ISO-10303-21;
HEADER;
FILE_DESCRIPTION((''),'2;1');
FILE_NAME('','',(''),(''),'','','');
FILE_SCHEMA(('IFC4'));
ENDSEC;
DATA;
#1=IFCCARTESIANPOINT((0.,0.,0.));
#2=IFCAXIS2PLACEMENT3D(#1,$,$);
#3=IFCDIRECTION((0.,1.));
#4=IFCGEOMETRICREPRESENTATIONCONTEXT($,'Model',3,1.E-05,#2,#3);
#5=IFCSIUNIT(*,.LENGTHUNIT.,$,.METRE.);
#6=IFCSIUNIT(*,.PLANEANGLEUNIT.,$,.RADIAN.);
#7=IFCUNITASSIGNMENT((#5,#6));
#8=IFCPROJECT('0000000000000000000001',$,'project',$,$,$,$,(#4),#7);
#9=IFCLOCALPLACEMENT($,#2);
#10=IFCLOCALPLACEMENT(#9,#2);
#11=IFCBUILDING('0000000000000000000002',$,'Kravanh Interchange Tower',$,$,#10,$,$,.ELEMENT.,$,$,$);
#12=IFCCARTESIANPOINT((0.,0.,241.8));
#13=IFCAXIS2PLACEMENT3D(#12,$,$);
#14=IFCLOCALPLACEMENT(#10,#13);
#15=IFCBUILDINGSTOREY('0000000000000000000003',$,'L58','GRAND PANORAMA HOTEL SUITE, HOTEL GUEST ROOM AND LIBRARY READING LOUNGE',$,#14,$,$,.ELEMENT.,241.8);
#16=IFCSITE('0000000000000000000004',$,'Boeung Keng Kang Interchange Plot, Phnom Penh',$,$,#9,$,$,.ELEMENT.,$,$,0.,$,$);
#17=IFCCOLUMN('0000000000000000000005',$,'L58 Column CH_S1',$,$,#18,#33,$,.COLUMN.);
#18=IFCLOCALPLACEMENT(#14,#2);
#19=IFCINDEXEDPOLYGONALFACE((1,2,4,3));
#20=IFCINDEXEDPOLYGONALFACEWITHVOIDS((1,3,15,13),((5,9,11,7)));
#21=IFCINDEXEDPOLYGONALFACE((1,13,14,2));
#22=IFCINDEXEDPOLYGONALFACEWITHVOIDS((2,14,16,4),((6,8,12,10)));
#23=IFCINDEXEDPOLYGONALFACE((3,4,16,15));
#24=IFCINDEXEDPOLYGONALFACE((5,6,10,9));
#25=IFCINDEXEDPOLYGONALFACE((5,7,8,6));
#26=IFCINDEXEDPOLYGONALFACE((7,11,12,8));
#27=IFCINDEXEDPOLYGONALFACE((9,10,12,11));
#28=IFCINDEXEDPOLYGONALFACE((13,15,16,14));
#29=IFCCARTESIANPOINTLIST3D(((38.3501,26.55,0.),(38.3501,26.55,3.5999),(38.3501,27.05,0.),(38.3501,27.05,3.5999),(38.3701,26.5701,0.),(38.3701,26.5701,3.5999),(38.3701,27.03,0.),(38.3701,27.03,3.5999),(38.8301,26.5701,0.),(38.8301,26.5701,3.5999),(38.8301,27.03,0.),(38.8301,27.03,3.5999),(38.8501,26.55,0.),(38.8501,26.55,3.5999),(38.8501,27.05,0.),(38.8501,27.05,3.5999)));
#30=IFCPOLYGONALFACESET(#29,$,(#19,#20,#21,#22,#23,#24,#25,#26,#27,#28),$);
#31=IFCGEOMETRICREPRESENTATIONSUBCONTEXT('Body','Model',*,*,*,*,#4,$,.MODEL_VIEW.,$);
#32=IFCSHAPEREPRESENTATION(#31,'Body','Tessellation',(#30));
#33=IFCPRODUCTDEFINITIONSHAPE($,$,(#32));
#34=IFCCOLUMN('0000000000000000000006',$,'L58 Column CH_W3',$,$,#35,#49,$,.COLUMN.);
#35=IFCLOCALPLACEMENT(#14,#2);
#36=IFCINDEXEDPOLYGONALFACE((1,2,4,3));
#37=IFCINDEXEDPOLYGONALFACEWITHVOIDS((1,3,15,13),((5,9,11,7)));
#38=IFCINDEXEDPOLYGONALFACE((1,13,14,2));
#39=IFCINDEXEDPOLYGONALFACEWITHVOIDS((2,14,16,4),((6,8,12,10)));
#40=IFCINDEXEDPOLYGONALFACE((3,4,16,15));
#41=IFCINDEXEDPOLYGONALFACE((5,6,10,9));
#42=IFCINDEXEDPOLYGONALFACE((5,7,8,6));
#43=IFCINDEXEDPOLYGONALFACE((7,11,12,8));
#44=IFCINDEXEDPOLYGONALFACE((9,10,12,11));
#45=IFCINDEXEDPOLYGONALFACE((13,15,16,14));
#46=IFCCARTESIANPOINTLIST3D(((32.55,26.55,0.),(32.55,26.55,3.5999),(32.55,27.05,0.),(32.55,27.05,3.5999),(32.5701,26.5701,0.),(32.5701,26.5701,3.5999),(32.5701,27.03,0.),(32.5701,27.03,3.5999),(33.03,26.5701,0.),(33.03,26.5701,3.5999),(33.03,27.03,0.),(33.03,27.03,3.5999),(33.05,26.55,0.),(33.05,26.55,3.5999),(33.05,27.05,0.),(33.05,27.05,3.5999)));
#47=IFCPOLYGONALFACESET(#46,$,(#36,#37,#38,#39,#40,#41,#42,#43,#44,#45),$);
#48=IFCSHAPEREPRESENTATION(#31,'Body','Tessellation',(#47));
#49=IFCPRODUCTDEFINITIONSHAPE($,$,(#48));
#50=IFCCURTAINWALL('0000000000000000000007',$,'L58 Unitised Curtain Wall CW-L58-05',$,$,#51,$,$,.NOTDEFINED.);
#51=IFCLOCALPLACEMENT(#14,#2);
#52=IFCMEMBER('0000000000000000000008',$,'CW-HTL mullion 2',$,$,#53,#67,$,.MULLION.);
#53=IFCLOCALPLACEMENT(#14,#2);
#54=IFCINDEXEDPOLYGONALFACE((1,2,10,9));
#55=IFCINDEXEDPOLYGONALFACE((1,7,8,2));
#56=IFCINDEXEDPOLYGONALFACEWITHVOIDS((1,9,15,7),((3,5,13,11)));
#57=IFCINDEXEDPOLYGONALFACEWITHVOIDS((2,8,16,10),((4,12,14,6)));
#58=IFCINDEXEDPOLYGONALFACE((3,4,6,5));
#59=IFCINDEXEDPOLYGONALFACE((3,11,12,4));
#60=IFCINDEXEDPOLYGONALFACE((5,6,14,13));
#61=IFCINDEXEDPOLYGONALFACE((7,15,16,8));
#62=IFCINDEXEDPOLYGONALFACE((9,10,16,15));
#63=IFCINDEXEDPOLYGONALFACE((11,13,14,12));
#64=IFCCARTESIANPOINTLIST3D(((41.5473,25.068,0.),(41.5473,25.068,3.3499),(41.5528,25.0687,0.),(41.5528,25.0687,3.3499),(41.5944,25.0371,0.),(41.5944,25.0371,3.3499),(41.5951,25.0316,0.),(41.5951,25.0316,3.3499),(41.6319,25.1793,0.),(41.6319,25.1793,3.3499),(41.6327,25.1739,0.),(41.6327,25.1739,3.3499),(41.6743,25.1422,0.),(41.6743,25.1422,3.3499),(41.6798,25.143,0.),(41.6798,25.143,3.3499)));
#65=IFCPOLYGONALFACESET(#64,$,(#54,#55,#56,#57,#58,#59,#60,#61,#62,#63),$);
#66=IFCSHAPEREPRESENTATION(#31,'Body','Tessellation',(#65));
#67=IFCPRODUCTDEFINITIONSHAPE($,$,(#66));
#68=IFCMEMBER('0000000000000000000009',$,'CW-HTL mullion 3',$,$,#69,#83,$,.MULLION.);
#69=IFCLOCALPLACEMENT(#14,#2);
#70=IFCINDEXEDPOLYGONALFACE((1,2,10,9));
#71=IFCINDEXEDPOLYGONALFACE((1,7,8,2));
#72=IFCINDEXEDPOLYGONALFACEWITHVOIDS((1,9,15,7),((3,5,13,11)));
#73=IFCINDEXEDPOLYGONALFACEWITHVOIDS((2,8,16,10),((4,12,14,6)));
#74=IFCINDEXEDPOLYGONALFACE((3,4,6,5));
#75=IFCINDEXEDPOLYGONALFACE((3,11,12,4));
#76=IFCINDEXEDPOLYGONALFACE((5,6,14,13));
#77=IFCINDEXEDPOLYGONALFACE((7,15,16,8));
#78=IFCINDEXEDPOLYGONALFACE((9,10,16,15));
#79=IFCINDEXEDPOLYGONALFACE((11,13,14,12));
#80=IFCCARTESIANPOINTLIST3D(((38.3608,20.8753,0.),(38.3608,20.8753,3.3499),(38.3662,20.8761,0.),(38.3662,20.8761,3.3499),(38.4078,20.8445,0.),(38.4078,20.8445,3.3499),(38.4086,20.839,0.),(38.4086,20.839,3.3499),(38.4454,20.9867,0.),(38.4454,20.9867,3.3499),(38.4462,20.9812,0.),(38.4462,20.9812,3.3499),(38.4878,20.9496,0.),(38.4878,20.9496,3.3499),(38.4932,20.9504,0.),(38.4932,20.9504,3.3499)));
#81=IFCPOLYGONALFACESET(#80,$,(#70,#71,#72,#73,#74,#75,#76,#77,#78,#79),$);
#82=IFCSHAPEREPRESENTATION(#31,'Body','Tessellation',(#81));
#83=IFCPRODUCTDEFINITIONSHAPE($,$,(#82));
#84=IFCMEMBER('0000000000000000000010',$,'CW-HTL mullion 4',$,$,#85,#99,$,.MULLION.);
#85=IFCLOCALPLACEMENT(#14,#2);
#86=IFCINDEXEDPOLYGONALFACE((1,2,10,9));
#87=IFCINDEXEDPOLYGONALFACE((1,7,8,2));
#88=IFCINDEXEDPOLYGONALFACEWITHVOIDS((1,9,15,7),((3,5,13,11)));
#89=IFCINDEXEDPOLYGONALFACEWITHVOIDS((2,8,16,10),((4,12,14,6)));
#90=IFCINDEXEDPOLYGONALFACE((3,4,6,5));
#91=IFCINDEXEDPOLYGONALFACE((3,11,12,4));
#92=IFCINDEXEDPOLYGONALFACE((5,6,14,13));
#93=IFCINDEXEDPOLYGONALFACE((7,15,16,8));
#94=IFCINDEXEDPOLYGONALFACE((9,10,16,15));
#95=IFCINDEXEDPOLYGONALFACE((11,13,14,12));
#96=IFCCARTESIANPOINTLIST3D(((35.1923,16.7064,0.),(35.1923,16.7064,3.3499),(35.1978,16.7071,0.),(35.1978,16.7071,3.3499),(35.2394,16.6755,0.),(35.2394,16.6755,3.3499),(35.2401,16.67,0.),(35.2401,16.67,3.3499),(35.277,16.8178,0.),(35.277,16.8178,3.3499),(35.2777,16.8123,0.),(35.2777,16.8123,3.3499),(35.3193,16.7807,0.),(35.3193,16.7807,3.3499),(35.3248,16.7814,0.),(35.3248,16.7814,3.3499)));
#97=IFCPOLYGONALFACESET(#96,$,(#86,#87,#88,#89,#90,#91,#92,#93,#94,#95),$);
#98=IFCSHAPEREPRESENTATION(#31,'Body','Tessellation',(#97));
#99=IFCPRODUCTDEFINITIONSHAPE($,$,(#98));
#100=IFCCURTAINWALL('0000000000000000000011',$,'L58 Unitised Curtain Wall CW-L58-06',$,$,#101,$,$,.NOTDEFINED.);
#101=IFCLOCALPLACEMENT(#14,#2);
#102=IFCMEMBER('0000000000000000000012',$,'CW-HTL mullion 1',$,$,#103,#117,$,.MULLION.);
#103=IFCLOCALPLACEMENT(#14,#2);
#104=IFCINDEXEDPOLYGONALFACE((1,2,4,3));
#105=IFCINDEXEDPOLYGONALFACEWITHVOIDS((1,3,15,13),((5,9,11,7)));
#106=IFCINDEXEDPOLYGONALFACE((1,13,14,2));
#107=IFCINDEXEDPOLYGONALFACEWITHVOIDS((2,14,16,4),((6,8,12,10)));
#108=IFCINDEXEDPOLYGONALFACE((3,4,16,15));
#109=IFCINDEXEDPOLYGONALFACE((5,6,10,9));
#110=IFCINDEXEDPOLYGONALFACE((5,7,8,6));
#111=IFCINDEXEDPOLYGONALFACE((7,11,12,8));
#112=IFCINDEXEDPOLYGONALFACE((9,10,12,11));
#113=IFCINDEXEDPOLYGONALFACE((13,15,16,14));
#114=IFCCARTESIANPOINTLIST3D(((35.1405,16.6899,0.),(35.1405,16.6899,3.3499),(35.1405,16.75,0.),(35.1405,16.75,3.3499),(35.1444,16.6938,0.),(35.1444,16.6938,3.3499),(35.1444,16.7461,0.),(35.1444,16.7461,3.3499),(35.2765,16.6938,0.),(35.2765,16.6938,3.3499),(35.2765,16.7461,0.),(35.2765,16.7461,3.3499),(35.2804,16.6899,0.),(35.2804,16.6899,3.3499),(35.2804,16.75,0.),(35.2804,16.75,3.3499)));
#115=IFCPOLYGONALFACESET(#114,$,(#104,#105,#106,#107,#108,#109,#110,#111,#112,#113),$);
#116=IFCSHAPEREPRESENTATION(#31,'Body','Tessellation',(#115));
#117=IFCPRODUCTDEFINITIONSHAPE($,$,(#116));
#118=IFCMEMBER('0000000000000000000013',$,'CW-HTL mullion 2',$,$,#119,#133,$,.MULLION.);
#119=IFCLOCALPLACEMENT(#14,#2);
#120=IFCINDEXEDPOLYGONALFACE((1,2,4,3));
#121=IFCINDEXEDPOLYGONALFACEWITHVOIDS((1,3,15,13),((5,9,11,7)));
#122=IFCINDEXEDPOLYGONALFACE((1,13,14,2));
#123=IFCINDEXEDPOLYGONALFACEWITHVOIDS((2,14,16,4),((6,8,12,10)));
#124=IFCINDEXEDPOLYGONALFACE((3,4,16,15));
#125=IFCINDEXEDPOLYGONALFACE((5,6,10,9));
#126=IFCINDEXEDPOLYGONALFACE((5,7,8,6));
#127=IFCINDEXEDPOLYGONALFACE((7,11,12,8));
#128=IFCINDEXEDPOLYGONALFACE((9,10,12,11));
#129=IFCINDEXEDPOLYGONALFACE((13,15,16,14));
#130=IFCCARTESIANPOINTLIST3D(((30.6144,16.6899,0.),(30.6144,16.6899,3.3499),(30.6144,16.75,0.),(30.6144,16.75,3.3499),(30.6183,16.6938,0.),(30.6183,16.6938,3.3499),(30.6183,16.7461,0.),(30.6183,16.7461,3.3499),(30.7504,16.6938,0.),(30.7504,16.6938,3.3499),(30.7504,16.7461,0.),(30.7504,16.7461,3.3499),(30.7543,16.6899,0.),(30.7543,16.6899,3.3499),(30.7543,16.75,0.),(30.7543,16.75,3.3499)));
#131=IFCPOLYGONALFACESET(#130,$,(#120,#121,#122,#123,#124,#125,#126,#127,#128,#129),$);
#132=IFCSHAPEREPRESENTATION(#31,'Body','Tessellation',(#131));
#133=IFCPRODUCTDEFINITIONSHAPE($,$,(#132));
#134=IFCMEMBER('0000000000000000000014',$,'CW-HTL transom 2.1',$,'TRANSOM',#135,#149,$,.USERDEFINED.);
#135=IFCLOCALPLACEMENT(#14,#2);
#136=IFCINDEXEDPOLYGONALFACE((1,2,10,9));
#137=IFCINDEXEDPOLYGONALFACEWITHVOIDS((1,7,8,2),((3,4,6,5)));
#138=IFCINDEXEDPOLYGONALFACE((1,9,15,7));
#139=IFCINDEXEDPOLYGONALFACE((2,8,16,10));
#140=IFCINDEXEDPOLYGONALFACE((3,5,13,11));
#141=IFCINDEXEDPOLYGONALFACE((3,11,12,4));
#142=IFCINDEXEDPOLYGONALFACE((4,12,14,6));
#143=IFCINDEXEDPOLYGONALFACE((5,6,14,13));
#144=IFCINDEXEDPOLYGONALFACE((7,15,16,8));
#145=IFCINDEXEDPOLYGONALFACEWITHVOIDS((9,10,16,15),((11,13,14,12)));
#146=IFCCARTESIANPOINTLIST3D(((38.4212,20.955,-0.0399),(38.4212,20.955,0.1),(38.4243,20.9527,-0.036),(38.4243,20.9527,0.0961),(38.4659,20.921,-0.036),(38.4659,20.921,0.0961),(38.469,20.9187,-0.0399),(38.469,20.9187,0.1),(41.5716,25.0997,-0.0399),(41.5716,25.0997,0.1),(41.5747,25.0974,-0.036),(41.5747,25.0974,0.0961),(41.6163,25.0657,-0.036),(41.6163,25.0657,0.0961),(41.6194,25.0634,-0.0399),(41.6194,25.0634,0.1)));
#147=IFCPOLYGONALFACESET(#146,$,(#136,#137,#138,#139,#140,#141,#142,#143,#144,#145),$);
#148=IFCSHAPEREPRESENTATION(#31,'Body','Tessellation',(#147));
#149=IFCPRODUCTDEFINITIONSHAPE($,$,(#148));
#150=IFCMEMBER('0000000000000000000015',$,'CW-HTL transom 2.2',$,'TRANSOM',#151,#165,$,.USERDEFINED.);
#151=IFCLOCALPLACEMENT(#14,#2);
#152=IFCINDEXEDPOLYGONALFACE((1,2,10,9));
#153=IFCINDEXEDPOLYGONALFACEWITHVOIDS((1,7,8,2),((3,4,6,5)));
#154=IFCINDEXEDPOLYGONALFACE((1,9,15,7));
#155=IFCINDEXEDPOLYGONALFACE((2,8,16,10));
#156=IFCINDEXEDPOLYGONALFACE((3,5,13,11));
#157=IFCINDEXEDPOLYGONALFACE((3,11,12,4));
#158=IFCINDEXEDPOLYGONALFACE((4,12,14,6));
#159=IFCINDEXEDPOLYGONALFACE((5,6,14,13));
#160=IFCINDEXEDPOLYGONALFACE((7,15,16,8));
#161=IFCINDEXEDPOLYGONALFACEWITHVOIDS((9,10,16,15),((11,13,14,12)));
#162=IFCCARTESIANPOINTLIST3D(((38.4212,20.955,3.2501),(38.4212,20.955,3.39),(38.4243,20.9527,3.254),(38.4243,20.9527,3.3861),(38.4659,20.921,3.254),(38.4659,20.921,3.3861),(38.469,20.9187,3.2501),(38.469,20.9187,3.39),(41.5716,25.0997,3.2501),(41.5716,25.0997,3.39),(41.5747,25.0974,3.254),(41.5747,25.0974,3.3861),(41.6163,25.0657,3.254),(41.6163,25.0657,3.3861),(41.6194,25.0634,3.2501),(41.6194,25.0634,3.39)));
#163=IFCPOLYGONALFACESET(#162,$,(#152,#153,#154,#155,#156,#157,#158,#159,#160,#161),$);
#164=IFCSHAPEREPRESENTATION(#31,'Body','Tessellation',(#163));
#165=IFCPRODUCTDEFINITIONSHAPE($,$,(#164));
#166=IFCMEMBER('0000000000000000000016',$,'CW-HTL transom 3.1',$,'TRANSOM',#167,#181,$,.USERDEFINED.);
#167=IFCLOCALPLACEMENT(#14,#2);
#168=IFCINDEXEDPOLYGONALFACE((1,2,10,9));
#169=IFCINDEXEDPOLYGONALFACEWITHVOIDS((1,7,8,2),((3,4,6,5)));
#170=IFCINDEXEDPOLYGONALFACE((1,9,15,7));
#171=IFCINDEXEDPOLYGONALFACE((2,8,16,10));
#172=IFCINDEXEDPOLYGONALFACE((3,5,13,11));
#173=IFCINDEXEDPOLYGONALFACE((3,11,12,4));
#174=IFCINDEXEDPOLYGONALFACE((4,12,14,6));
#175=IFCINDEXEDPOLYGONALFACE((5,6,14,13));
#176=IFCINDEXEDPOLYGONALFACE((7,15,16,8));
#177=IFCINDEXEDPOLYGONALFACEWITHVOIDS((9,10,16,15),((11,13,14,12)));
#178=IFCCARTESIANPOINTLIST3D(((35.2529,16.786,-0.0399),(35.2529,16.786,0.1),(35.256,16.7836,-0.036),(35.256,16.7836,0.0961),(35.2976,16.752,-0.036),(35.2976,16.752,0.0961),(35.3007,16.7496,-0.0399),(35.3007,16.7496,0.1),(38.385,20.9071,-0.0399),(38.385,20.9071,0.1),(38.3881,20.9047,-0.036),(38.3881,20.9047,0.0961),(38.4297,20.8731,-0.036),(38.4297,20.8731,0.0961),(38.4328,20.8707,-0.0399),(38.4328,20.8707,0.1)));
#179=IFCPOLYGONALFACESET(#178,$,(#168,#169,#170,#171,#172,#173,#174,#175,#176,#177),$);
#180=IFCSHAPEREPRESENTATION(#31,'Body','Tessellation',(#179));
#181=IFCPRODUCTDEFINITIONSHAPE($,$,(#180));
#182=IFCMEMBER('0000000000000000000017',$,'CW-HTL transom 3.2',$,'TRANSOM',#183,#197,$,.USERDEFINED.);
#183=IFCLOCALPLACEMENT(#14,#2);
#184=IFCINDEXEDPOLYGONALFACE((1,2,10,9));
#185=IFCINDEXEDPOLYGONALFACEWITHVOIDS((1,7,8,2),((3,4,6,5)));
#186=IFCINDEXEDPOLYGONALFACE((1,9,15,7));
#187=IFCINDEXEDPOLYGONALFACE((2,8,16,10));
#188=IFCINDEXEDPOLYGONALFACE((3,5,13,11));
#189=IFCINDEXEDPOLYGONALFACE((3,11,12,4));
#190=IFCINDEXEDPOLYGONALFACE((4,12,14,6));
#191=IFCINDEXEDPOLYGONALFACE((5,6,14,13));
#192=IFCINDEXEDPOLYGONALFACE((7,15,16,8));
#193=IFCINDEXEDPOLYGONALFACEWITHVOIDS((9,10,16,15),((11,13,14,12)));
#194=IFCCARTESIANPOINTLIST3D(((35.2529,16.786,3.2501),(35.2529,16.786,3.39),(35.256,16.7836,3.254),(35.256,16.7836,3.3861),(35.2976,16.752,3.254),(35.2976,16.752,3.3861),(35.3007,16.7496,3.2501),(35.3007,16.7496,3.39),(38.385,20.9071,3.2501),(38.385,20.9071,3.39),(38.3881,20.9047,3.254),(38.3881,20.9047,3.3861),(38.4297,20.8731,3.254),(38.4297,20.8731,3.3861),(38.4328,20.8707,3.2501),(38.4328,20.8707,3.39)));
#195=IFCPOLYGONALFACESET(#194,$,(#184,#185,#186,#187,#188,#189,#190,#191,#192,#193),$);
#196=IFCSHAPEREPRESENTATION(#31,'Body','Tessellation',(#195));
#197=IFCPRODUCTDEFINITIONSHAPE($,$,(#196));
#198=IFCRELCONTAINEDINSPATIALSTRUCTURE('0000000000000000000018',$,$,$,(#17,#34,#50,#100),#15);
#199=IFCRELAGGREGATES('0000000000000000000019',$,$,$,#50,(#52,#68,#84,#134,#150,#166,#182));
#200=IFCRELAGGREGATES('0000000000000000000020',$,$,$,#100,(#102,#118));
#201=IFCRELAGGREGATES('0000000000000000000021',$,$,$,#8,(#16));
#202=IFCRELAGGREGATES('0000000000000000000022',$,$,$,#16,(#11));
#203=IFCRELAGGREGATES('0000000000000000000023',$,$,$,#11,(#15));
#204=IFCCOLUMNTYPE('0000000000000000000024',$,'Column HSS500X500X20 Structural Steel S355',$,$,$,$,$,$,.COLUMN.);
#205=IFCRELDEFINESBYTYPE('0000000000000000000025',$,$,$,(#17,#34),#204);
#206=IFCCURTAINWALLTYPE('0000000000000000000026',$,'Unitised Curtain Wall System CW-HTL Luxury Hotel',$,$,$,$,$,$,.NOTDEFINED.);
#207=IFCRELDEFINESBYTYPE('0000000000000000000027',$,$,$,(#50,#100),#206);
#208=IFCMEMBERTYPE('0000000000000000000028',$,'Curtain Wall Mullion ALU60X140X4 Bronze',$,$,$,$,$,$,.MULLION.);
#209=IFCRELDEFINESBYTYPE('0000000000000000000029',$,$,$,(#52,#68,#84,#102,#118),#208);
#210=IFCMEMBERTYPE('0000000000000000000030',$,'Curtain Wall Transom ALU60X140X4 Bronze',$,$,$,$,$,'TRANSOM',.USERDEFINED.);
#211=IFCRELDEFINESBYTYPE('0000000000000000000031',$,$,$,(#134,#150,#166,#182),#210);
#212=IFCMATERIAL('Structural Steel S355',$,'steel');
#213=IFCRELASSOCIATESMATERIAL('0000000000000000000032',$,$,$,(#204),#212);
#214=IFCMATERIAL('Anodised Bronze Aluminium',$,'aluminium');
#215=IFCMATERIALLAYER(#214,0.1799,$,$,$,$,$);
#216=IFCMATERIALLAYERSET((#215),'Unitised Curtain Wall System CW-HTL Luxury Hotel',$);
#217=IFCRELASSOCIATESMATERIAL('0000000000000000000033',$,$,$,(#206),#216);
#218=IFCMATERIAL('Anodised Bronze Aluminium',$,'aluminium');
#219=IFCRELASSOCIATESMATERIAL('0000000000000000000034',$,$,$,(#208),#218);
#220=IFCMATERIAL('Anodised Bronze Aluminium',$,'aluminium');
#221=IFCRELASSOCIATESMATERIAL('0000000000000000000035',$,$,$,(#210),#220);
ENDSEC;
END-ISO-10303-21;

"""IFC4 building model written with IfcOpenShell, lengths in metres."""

from ifc_helpers import new_model, si_unit, direction, frame, origin, origin_2d, place, context, subcontext, project, spatial, hollow_rectangle, extrude, material, layer, layer_set, material_profile, profile_set, type_object, element, aggregate, save


model = new_model("IFC4")

# Units and contexts
model_context = context("Model", 3, precision=1e-05, world=origin(), true_north=direction((0.0, 1.0)))
body_context = subcontext(model_context, "Body", "Model", "MODEL_VIEW")
ifc_project = project(units=[si_unit("LENGTHUNIT", "METRE"), si_unit("PLANEANGLEUNIT", "RADIAN")], contexts=[model_context])

# Site, building, storey
site_placement = place(None, origin())
site = spatial("IfcSite", under=ifc_project, at=site_placement, Name="Boeung Keng Kang Interchange Plot, Phnom Penh", CompositionType="ELEMENT", RefElevation=0.0)
building_placement = place(site_placement, origin())
building = spatial("IfcBuilding", under=site, at=building_placement, Name="Kravanh Interchange Tower", CompositionType="ELEMENT")
storey_placement = place(building_placement, frame((0.0, 0.0, 241.8)))
storey = spatial("IfcBuildingStorey", under=building, at=storey_placement, Name="L58", Description="GRAND PANORAMA HOTEL SUITE, HOTEL GUEST ROOM AND LIBRARY READING LOUNGE", CompositionType="ELEMENT", Elevation=241.8)

# Columns
ifc_material_1 = material(Name="Structural Steel S355", Category="steel")
ifc_material_profile_1 = material_profile(ifc_material_1, hollow_rectangle(XDim=0.5, YDim=0.5, WallThickness=0.02, at=origin_2d()), Name="HSS500X500X20")
ifc_profile_set_1 = profile_set([ifc_material_profile_1], Name="Structural Steel S355")
column_type = type_object("IfcColumnType", Name="Column HSS500X500X20 Structural Steel S355", PredefinedType="COLUMN", material=ifc_profile_set_1)
for number, where, z_axis, x_axis, name in (
    (1, (38.6001, 26.8, 0.0), (0.0, 0.0, 1.0), (1.0, 0.0, 0.0), "L58 Column CH_S1"),
    (2, (32.8, 26.8, 0.0), (0.0, 0.0, 1.0), (1.0, 0.0, 0.0), "L58 Column CH_W3"),
):
    element("IfcColumn", number, at=place(storey_placement, frame(where, z_axis=z_axis, x_axis=x_axis)), inside=storey, type_object=column_type, Name=name, PredefinedType="COLUMN", context=body_context, shape_type="SweptSolid", body=[
        extrude(hollow_rectangle(XDim=0.5, YDim=0.5, WallThickness=0.02, at=origin_2d()), origin(), (0.0, 0.0, 1.0), 3.5999),
    ])

# Curtain walls, members
ifc_material_2 = material(Name="Anodised Bronze Aluminium", Category="aluminium")
ifc_layer_1 = layer(ifc_material_2, 0.1799)
ifc_layer_set_1 = layer_set([ifc_layer_1], Name="Unitised Curtain Wall System CW-HTL Luxury Hotel")
curtain_wall_type = type_object("IfcCurtainWallType", Name="Unitised Curtain Wall System CW-HTL Luxury Hotel", PredefinedType="NOTDEFINED", material=ifc_layer_set_1)
curtain_wall_1_placement = place(storey_placement, origin())
curtain_wall_1 = element("IfcCurtainWall", 3, at=curtain_wall_1_placement, inside=storey, type_object=curtain_wall_type, Name="L58 Unitised Curtain Wall CW-L58-05", PredefinedType="NOTDEFINED")
ifc_material_3 = material(Name="Anodised Bronze Aluminium", Category="aluminium")
ifc_material_profile_2 = material_profile(ifc_material_3, hollow_rectangle(XDim=0.0601, YDim=0.1399, WallThickness=0.0039, at=origin_2d()), Name="ALU60X140X4")
ifc_profile_set_2 = profile_set([ifc_material_profile_2], Name="Anodised Bronze Aluminium")
member_type_1 = type_object("IfcMemberType", Name="Curtain Wall Mullion ALU60X140X4 Bronze", PredefinedType="MULLION", material=ifc_profile_set_2)
member_1_placement = place(storey_placement, frame((41.6135, 25.1055, 0.0), z_axis=(0.0, 0.0, 1.0), x_axis=(0.796162, -0.605083, 0.0)))
member_1 = element("IfcMember", 4, at=member_1_placement, type_object=member_type_1, Name="CW-HTL mullion 2", PredefinedType="MULLION", context=body_context, shape_type="SweptSolid", body=[
    extrude(hollow_rectangle(XDim=0.0601, YDim=0.1399, WallThickness=0.0039, at=origin_2d()), origin(), (0.0, 0.0, 1.0), 3.3499),
])
member_2_placement = place(storey_placement, frame((38.427, 20.9128, 0.0), z_axis=(0.0, 0.0, 1.0), x_axis=(0.796162, -0.605083, 0.0)))
member_2 = element("IfcMember", 5, at=member_2_placement, type_object=member_type_1, Name="CW-HTL mullion 3", PredefinedType="MULLION", context=body_context, shape_type="SweptSolid", body=[
    extrude(hollow_rectangle(XDim=0.0601, YDim=0.1399, WallThickness=0.0039, at=origin_2d()), origin(), (0.0, 0.0, 1.0), 3.3499),
])
member_3_placement = place(storey_placement, frame((35.2585, 16.7439, 0.0), z_axis=(0.0, 0.0, 1.0), x_axis=(0.796162, -0.605083, 0.0)))
member_3 = element("IfcMember", 6, at=member_3_placement, type_object=member_type_1, Name="CW-HTL mullion 4", PredefinedType="MULLION", context=body_context, shape_type="SweptSolid", body=[
    extrude(hollow_rectangle(XDim=0.0601, YDim=0.1399, WallThickness=0.0039, at=origin_2d()), origin(), (0.0, 0.0, 1.0), 3.3499),
])
curtain_wall_2_placement = place(storey_placement, origin())
curtain_wall_2 = element("IfcCurtainWall", 7, at=curtain_wall_2_placement, inside=storey, type_object=curtain_wall_type, Name="L58 Unitised Curtain Wall CW-L58-06", PredefinedType="NOTDEFINED")
member_4_placement = place(storey_placement, frame((35.2104, 16.72, 0.0), z_axis=(0.0, 0.0, 1.0), x_axis=(0.0, -1.0, 0.0)))
member_4 = element("IfcMember", 8, at=member_4_placement, type_object=member_type_1, Name="CW-HTL mullion 1", PredefinedType="MULLION", context=body_context, shape_type="SweptSolid", body=[
    extrude(hollow_rectangle(XDim=0.0601, YDim=0.1399, WallThickness=0.0039, at=origin_2d()), origin(), (0.0, 0.0, 1.0), 3.3499),
])
member_5_placement = place(storey_placement, frame((30.6843, 16.72, 0.0), z_axis=(0.0, 0.0, 1.0), x_axis=(0.0, -1.0, 0.0)))
member_5 = element("IfcMember", 9, at=member_5_placement, type_object=member_type_1, Name="CW-HTL mullion 2", PredefinedType="MULLION", context=body_context, shape_type="SweptSolid", body=[
    extrude(hollow_rectangle(XDim=0.0601, YDim=0.1399, WallThickness=0.0039, at=origin_2d()), origin(), (0.0, 0.0, 1.0), 3.3499),
])

# Members
ifc_material_4 = material(Name="Anodised Bronze Aluminium", Category="aluminium")
ifc_material_profile_3 = material_profile(ifc_material_4, hollow_rectangle(XDim=0.0601, YDim=0.1399, WallThickness=0.0039, at=origin_2d()), Name="ALU60X140X4")
ifc_profile_set_3 = profile_set([ifc_material_profile_3], Name="Anodised Bronze Aluminium")
member_type_2 = type_object("IfcMemberType", Name="Curtain Wall Transom ALU60X140X4 Bronze", ElementType="TRANSOM", PredefinedType="USERDEFINED", material=ifc_profile_set_3)
member_6_placement = place(storey_placement, frame((41.5955, 25.0815, 0.03), z_axis=(-0.605127, -0.796129, 0.0), x_axis=(0.796129, -0.605127, 0.0)))
member_6 = element("IfcMember", 10, at=member_6_placement, type_object=member_type_2, Name="CW-HTL transom 2.1", ObjectType="TRANSOM", PredefinedType="USERDEFINED", context=body_context, shape_type="SweptSolid", body=[
    extrude(hollow_rectangle(XDim=0.0601, YDim=0.1399, WallThickness=0.0039, at=origin_2d()), origin(), (0.0, 0.0, 1.0), 5.2061),
])
member_7_placement = place(storey_placement, frame((41.5955, 25.0815, 3.3201), z_axis=(-0.605127, -0.796129, 0.0), x_axis=(0.796129, -0.605127, 0.0)))
member_7 = element("IfcMember", 11, at=member_7_placement, type_object=member_type_2, Name="CW-HTL transom 2.2", ObjectType="TRANSOM", PredefinedType="USERDEFINED", context=body_context, shape_type="SweptSolid", body=[
    extrude(hollow_rectangle(XDim=0.0601, YDim=0.1399, WallThickness=0.0039, at=origin_2d()), origin(), (0.0, 0.0, 1.0), 5.2061),
])
member_8_placement = place(storey_placement, frame((38.4089, 20.8889, 0.03), z_axis=(-0.605089, -0.796158, 0.0), x_axis=(0.796158, -0.605089, 0.0)))
member_8 = element("IfcMember", 12, at=member_8_placement, type_object=member_type_2, Name="CW-HTL transom 3.1", ObjectType="TRANSOM", PredefinedType="USERDEFINED", context=body_context, shape_type="SweptSolid", body=[
    extrude(hollow_rectangle(XDim=0.0601, YDim=0.1399, WallThickness=0.0039, at=origin_2d()), origin(), (0.0, 0.0, 1.0), 5.1763),
])
member_9_placement = place(storey_placement, frame((38.4089, 20.8889, 3.3201), z_axis=(-0.605089, -0.796158, 0.0), x_axis=(0.796158, -0.605089, 0.0)))
member_9 = element("IfcMember", 13, at=member_9_placement, type_object=member_type_2, Name="CW-HTL transom 3.2", ObjectType="TRANSOM", PredefinedType="USERDEFINED", context=body_context, shape_type="SweptSolid", body=[
    extrude(hollow_rectangle(XDim=0.0601, YDim=0.1399, WallThickness=0.0039, at=origin_2d()), origin(), (0.0, 0.0, 1.0), 5.1763),
])

aggregate(curtain_wall_1, [member_1, member_2, member_3, member_6, member_7, member_8, member_9])
aggregate(curtain_wall_2, [member_4, member_5])

save(model, "model.ifc")
